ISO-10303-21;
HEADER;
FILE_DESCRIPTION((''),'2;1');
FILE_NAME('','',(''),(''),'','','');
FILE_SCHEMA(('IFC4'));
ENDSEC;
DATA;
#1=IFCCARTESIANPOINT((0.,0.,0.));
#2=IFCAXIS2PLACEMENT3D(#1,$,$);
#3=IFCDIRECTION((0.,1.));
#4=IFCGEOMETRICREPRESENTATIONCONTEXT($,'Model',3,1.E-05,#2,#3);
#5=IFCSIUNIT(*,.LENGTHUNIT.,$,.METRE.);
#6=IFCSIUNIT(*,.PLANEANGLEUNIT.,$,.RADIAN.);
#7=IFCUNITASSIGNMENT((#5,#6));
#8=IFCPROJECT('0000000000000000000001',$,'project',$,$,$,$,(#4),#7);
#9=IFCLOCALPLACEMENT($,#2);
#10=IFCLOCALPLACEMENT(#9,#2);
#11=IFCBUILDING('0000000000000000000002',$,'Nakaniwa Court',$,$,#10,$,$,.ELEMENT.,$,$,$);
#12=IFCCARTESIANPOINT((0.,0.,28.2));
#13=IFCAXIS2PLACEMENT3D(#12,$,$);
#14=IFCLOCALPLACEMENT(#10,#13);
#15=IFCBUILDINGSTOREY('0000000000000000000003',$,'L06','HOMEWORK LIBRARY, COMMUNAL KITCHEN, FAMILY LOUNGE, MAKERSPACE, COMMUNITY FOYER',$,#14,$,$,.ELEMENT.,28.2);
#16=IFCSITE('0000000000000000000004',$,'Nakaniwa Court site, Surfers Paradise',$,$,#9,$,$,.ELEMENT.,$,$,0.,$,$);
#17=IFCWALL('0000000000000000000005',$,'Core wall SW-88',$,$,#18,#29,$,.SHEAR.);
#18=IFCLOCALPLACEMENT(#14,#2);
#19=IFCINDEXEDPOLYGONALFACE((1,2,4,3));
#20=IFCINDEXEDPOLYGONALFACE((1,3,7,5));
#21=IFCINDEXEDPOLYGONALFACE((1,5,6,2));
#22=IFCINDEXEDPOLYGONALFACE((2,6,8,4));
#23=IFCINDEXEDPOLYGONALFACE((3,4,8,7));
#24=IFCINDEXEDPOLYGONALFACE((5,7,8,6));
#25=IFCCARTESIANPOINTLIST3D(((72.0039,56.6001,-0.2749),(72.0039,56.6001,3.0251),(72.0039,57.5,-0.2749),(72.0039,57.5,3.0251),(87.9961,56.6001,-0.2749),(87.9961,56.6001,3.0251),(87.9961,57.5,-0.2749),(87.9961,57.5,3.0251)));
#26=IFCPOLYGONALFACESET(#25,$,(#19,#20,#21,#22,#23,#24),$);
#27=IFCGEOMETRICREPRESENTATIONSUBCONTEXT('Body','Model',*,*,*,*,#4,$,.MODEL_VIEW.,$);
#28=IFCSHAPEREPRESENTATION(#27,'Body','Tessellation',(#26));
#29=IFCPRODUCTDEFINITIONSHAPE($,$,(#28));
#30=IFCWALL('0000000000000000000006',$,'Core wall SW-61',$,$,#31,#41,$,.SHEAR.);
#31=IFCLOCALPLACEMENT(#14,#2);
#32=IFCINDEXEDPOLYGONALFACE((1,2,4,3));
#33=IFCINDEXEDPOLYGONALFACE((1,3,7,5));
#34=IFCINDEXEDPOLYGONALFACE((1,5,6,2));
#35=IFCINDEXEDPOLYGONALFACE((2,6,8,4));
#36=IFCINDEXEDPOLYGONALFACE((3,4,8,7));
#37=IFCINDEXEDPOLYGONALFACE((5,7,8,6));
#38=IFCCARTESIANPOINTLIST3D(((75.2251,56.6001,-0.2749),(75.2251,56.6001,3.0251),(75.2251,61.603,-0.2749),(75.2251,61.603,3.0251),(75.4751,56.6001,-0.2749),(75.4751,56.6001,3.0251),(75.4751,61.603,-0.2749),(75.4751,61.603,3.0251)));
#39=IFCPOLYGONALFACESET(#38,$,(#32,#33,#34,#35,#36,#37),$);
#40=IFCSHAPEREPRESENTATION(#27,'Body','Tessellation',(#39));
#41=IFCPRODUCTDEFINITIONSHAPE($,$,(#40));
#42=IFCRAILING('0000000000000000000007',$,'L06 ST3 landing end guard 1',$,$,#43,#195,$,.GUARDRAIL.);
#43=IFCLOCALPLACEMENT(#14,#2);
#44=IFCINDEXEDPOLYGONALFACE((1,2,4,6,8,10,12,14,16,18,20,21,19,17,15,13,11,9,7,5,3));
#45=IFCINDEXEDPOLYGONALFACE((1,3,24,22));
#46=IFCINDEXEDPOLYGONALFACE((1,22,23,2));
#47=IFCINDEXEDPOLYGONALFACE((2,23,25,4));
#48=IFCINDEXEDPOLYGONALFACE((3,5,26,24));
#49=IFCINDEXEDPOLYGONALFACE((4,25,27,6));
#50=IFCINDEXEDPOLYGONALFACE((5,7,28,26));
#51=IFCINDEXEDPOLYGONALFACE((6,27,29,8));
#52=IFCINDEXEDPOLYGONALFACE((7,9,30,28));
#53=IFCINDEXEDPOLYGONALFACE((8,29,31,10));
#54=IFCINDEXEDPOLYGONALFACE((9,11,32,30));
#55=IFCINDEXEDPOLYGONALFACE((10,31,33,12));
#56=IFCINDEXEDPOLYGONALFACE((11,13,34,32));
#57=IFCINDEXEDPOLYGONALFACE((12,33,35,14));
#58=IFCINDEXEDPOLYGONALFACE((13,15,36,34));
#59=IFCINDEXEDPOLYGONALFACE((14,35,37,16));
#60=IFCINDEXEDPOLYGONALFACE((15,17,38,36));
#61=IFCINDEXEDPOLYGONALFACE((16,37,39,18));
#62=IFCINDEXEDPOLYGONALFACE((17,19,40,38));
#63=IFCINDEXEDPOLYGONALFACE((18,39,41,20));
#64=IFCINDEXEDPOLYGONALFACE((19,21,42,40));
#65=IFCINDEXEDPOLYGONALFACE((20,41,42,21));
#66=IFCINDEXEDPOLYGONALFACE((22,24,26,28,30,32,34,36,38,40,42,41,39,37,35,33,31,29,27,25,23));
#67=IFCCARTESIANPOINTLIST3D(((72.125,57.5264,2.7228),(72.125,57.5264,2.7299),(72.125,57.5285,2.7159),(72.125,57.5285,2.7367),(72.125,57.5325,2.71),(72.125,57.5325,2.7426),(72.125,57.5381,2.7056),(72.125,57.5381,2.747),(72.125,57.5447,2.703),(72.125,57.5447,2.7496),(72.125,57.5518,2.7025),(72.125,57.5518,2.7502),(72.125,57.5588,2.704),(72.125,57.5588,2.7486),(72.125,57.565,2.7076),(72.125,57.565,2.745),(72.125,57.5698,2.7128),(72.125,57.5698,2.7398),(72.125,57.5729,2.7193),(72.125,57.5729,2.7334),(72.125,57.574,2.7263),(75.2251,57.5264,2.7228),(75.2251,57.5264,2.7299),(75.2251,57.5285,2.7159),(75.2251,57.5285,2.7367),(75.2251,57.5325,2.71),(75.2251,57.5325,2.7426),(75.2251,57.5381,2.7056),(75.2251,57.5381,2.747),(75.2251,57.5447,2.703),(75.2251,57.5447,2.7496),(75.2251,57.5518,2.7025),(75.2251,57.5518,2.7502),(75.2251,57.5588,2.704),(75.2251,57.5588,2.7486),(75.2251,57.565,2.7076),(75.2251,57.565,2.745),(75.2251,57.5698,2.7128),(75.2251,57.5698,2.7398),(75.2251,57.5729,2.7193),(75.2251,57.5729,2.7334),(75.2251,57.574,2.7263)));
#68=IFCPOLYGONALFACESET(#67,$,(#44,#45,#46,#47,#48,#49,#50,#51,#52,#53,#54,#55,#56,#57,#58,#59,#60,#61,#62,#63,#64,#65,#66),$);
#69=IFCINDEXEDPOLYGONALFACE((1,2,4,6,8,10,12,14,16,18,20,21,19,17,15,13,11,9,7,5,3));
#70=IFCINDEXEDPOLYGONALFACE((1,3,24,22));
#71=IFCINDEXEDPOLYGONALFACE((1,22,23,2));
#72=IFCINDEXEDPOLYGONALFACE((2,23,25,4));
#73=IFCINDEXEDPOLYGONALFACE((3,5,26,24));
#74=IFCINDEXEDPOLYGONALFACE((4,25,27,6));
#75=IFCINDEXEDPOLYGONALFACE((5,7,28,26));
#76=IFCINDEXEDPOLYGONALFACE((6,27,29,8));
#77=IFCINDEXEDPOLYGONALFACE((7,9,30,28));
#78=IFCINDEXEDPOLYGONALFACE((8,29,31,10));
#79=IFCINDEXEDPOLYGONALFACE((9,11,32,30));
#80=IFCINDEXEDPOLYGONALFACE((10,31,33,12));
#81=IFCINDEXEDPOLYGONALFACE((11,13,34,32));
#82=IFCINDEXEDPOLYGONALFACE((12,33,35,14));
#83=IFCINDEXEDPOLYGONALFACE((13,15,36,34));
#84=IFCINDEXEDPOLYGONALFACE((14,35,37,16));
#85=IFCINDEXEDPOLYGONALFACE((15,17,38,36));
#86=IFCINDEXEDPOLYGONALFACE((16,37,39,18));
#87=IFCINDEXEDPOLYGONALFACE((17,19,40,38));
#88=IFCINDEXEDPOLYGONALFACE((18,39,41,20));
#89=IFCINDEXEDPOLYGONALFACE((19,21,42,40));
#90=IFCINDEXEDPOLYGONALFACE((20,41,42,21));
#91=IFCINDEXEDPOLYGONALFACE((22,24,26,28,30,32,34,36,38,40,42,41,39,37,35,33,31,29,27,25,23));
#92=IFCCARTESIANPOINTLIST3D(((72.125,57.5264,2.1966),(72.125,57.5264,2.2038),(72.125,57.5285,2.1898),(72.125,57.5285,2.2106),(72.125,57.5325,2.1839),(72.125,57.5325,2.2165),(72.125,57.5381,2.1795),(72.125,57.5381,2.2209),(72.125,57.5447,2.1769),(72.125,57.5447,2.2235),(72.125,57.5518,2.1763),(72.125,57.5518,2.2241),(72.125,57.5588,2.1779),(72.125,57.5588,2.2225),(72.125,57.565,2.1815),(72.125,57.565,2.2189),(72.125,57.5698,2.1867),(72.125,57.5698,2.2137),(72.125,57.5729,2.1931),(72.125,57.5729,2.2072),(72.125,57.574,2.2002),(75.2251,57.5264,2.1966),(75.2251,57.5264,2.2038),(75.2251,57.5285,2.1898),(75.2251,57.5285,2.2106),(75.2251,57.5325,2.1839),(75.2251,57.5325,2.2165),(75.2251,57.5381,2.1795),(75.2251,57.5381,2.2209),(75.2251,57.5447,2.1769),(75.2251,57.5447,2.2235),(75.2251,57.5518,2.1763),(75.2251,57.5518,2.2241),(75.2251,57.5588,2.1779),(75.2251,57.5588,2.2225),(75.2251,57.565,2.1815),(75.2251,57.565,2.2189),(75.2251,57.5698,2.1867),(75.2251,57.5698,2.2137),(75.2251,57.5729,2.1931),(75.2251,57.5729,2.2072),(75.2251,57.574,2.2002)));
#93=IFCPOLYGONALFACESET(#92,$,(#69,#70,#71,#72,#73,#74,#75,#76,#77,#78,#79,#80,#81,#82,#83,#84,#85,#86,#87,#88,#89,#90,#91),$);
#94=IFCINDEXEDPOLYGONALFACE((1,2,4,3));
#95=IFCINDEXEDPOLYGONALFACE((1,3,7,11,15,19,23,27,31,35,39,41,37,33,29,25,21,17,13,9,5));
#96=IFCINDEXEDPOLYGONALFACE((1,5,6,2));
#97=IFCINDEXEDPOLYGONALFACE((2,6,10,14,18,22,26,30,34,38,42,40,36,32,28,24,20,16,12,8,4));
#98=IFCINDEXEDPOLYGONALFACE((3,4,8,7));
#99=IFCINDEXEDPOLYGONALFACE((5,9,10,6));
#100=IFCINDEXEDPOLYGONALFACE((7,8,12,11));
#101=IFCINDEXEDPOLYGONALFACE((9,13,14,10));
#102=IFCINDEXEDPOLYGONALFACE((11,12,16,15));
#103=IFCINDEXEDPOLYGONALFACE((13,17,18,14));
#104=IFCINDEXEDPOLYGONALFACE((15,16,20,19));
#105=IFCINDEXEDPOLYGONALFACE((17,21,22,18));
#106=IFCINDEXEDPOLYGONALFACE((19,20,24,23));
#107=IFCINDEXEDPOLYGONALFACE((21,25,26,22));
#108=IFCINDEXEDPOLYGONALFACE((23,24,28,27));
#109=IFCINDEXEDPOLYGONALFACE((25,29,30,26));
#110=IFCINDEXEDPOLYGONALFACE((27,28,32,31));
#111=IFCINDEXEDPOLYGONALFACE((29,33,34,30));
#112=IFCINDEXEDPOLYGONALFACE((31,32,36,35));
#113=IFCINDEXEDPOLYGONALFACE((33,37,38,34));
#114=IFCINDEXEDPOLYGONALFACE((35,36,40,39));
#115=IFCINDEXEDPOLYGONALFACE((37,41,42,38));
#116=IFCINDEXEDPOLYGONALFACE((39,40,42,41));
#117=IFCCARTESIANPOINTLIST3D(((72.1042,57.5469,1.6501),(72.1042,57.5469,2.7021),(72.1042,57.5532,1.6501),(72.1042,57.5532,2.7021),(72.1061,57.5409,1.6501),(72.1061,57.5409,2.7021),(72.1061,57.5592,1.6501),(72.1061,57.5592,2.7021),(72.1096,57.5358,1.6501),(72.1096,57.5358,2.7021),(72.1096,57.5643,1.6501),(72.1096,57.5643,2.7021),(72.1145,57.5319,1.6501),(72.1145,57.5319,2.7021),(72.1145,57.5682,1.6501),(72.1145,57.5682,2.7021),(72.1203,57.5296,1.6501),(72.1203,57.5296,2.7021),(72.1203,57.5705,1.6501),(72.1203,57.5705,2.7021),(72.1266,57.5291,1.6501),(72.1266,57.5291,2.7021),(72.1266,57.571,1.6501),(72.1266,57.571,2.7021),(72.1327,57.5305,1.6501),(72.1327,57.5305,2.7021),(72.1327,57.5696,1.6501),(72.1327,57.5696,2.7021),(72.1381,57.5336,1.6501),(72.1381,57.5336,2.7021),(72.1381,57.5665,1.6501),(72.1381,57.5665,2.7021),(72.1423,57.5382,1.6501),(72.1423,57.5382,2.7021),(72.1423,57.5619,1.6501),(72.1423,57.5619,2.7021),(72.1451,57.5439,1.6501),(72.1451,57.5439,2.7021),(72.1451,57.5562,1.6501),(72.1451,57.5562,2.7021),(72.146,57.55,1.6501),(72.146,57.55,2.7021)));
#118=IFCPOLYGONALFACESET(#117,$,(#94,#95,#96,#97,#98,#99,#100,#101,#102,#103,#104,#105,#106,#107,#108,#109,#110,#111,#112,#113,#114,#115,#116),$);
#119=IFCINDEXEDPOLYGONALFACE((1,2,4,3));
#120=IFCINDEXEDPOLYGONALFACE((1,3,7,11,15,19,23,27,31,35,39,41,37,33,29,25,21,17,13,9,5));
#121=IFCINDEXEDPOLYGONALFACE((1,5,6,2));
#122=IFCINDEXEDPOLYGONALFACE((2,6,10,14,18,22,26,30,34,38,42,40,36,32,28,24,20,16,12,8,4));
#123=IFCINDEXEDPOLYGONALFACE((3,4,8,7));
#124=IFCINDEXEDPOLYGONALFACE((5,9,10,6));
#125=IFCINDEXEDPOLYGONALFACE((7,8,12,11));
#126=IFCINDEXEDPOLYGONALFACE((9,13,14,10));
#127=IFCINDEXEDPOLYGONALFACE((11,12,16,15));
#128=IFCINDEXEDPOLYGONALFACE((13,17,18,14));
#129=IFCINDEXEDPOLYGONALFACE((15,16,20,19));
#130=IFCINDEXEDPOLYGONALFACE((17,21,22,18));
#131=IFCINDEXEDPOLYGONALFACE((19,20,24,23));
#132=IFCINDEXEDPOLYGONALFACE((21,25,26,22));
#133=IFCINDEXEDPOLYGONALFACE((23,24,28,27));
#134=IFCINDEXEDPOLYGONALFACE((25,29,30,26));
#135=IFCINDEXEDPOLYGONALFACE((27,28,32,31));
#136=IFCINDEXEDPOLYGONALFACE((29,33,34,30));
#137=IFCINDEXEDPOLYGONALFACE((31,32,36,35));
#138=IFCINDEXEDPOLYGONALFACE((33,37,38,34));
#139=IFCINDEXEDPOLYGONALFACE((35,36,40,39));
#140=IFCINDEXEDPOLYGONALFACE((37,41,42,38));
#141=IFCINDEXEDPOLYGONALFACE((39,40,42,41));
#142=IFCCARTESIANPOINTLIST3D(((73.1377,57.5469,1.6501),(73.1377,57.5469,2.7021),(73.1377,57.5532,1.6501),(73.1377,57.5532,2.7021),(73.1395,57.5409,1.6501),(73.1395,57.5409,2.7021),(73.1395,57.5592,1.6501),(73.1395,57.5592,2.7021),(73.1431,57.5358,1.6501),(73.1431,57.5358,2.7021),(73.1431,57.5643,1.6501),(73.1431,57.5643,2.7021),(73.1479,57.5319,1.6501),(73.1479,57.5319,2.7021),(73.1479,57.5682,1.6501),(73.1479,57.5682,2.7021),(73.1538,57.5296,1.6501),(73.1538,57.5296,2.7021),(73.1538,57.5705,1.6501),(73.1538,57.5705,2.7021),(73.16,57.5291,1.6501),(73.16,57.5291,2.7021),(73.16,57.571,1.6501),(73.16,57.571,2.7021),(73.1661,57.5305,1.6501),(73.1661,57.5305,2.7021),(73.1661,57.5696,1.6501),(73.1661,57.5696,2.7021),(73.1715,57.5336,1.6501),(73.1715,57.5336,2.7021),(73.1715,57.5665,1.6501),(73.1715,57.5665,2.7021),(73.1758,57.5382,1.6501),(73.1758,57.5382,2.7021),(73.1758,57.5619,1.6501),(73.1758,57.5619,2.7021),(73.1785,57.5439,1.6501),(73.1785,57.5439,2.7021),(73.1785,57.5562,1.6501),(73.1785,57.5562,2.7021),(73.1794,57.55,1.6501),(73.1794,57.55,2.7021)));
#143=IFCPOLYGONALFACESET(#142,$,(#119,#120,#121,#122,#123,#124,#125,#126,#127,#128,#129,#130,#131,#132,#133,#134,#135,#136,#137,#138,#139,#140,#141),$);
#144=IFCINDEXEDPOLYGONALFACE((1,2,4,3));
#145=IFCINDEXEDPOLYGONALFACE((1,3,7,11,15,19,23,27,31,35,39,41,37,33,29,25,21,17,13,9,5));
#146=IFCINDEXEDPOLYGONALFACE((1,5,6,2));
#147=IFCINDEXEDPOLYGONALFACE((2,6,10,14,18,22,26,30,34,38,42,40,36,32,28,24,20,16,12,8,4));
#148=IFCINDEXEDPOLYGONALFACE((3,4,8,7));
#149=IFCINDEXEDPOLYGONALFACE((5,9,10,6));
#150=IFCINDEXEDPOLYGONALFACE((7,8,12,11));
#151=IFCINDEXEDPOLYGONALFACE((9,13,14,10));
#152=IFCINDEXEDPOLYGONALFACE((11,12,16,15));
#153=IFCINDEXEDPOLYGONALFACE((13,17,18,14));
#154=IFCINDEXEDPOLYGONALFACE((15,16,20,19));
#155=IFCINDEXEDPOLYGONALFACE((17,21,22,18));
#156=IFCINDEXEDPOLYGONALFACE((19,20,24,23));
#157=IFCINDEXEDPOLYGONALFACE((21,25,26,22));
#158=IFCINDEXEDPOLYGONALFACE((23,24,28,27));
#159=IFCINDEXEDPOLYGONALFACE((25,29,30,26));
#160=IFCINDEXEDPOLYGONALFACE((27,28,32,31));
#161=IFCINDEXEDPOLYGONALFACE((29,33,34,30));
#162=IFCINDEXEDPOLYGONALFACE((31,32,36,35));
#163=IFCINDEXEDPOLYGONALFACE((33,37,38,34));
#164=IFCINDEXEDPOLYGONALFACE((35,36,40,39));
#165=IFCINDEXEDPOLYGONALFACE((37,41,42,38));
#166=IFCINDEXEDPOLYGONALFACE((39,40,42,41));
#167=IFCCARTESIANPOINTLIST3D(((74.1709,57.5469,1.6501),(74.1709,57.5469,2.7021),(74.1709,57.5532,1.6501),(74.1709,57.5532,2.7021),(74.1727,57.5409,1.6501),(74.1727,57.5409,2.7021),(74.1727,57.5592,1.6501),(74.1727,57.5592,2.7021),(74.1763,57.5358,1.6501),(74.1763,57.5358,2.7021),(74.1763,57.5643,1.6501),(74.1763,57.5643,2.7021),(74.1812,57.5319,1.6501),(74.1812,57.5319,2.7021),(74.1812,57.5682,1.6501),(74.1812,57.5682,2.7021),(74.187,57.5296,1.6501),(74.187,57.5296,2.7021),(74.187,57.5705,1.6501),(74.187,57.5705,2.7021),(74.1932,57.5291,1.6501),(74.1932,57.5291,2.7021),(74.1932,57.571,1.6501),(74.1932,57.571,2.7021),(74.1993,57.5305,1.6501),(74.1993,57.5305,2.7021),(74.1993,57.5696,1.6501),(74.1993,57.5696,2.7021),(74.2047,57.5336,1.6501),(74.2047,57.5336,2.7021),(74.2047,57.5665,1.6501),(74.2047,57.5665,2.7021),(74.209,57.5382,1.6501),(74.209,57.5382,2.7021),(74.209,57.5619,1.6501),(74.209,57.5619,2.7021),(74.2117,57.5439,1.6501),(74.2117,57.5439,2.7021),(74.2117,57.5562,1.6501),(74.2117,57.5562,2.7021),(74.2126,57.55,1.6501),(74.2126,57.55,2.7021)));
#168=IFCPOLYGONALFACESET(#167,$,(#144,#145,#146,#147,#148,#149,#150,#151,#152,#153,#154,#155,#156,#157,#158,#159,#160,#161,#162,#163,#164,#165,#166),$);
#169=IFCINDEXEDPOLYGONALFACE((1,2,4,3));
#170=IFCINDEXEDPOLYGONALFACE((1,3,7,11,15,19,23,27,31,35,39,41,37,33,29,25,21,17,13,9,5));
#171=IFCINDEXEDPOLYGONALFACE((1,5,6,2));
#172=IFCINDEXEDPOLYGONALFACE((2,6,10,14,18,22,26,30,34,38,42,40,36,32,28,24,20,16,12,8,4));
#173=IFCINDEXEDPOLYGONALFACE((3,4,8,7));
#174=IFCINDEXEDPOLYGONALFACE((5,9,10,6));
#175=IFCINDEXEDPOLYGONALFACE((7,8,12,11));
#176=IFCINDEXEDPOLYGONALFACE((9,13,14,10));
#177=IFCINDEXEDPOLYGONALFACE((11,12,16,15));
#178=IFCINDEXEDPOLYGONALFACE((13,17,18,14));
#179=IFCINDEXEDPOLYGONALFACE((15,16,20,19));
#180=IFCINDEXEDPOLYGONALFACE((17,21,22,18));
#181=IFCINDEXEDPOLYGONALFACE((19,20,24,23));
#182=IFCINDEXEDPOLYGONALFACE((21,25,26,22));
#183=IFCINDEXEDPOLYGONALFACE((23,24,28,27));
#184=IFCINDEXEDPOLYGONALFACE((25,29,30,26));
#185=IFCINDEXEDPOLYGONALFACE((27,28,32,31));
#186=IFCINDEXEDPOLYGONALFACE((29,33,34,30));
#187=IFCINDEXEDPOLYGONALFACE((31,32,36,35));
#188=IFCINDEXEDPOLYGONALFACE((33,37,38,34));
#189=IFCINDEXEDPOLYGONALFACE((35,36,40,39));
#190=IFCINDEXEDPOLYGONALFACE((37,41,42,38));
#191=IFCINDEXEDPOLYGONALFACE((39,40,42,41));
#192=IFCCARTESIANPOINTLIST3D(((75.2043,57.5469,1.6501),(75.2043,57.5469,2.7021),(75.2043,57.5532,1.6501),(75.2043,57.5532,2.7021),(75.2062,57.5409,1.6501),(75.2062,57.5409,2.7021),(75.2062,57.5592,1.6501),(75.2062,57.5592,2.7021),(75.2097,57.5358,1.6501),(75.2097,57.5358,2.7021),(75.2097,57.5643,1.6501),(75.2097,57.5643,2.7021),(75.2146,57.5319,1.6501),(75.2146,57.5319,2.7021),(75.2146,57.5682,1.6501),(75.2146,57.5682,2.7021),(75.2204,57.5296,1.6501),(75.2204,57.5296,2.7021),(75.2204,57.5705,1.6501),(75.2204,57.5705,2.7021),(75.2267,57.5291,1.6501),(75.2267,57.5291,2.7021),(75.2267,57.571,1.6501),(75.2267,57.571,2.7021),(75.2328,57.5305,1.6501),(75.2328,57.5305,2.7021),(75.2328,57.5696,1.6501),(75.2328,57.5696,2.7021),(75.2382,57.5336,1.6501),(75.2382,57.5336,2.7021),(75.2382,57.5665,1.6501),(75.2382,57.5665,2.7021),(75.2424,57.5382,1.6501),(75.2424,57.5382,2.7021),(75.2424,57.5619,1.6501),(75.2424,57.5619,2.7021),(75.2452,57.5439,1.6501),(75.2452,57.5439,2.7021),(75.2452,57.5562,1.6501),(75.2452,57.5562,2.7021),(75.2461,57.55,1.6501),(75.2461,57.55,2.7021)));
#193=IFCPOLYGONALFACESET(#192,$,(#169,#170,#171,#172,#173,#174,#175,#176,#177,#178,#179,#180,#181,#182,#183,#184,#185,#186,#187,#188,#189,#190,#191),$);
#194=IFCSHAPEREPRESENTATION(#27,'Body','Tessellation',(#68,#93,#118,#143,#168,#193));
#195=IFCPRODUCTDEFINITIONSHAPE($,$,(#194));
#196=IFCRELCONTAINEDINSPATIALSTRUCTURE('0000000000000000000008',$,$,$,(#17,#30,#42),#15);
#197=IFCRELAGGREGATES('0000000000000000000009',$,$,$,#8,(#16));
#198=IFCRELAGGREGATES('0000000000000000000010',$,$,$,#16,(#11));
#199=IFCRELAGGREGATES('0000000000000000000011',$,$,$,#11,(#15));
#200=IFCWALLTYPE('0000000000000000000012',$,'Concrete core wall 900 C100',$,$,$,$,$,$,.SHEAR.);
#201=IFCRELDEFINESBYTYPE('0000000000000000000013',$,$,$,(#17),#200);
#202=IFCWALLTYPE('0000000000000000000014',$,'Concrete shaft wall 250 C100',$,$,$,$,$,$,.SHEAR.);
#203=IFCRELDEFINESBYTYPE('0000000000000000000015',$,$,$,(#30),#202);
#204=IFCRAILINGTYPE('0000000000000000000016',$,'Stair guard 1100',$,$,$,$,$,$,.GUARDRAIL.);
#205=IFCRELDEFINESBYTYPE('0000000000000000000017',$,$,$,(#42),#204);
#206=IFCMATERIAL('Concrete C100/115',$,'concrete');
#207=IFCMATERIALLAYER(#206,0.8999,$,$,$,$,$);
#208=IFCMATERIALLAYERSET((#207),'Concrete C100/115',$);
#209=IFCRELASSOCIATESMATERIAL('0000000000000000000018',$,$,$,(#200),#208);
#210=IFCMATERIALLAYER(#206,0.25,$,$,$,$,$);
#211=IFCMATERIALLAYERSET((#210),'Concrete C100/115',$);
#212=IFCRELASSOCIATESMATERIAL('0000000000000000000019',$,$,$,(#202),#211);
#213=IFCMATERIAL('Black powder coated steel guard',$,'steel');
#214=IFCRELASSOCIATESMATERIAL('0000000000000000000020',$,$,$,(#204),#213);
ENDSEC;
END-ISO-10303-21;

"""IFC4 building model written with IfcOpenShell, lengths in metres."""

from ifc_helpers import new_model, si_unit, direction, frame, frame_2d, origin, origin_2d, place, context, subcontext, project, spatial, rectangle, circle, extrude, material, layer, layer_set, type_object, element, save


model = new_model("IFC4")

# Units and contexts
model_context = context("Model", 3, precision=1e-05, world=origin(), true_north=direction((0.0, 1.0)))
body_context = subcontext(model_context, "Body", "Model", "MODEL_VIEW")
ifc_project = project(units=[si_unit("LENGTHUNIT", "METRE"), si_unit("PLANEANGLEUNIT", "RADIAN")], contexts=[model_context])

# Site, building, storey
site_placement = place(None, origin())
site = spatial("IfcSite", under=ifc_project, at=site_placement, Name="Nakaniwa Court site, Surfers Paradise", CompositionType="ELEMENT", RefElevation=0.0)
building_placement = place(site_placement, origin())
building = spatial("IfcBuilding", under=site, at=building_placement, Name="Nakaniwa Court", CompositionType="ELEMENT")
storey_placement = place(building_placement, frame((0.0, 0.0, 28.2)))
storey = spatial("IfcBuildingStorey", under=building, at=storey_placement, Name="L06", Description="HOMEWORK LIBRARY, COMMUNAL KITCHEN, FAMILY LOUNGE, MAKERSPACE, COMMUNITY FOYER", CompositionType="ELEMENT", Elevation=28.2)

# Shared definitions
ifc_material_1 = material(Name="Concrete C100/115", Category="concrete")

# Walls
ifc_layer_1 = layer(ifc_material_1, 0.8999)
ifc_layer_set_1 = layer_set([ifc_layer_1], Name="Concrete C100/115")
wall_type_1 = type_object("IfcWallType", Name="Concrete core wall 900 C100", PredefinedType="SHEAR", material=ifc_layer_set_1)
wall_1_placement = place(storey_placement, frame((72.0039, 57.05, -0.2749), z_axis=(0.0, 0.0, 1.0), x_axis=(1.0, 0.0, 0.0)))
element("IfcWall", 1, at=wall_1_placement, inside=storey, type_object=wall_type_1, Name="Core wall SW-88", PredefinedType="SHEAR", context=body_context, shape_type="SweptSolid", body=[
    extrude(rectangle(XDim=15.9922, YDim=0.8999, at=frame_2d((7.9961, 0.0))), origin(), (0.0, 0.0, 1.0), 3.3),
])
ifc_layer_2 = layer(ifc_material_1, 0.25)
ifc_layer_set_2 = layer_set([ifc_layer_2], Name="Concrete C100/115")
wall_type_2 = type_object("IfcWallType", Name="Concrete shaft wall 250 C100", PredefinedType="SHEAR", material=ifc_layer_set_2)
wall_2_placement = place(storey_placement, frame((75.3501, 56.6001, -0.2749), z_axis=(0.0, 0.0, 1.0), x_axis=(0.0, 1.0, 0.0)))
element("IfcWall", 2, at=wall_2_placement, inside=storey, type_object=wall_type_2, Name="Core wall SW-61", PredefinedType="SHEAR", context=body_context, shape_type="SweptSolid", body=[
    extrude(rectangle(XDim=5.0029, YDim=0.25, at=frame_2d((2.5015, 0.0))), origin(), (0.0, 0.0, 1.0), 3.3),
])

# Railing
ifc_material_2 = material(Name="Black powder coated steel guard", Category="steel")
railing_type = type_object("IfcRailingType", Name="Stair guard 1100", PredefinedType="GUARDRAIL", material=ifc_material_2)
railing_placement = place(storey_placement, frame((72.125, 57.55, 1.6501)))
element("IfcRailing", 3, at=railing_placement, inside=storey, type_object=railing_type, Name="L06 ST3 landing end guard 1", PredefinedType="GUARDRAIL", context=body_context, shape_type="SweptSolid", body=[
    extrude(circle(Radius=0.0239, at=origin_2d()), frame((0.0, 0.0, 1.0762), z_axis=(1.0, 0.0, 0.0), x_axis=(0.0, 1.0, 0.0)), (0.0, 0.0, 1.0), 3.1001),
    extrude(circle(Radius=0.0239, at=origin_2d()), frame((0.0, 0.0, 0.55), z_axis=(1.0, 0.0, 0.0), x_axis=(0.0, 1.0, 0.0)), (0.0, 0.0, 1.0), 3.1001),
    extrude(circle(Radius=0.021, at=origin_2d()), origin(), (0.0, 0.0, 1.0), 1.052),
    extrude(circle(Radius=0.021, at=origin_2d()), frame((1.0334, 0.0, 0.0)), (0.0, 0.0, 1.0), 1.052),
    extrude(circle(Radius=0.021, at=origin_2d()), frame((2.0667, 0.0, 0.0)), (0.0, 0.0, 1.0), 1.052),
    extrude(circle(Radius=0.021, at=origin_2d()), frame((3.1001, 0.0, 0.0)), (0.0, 0.0, 1.0), 1.052),
])

save(model, "model.ifc")
